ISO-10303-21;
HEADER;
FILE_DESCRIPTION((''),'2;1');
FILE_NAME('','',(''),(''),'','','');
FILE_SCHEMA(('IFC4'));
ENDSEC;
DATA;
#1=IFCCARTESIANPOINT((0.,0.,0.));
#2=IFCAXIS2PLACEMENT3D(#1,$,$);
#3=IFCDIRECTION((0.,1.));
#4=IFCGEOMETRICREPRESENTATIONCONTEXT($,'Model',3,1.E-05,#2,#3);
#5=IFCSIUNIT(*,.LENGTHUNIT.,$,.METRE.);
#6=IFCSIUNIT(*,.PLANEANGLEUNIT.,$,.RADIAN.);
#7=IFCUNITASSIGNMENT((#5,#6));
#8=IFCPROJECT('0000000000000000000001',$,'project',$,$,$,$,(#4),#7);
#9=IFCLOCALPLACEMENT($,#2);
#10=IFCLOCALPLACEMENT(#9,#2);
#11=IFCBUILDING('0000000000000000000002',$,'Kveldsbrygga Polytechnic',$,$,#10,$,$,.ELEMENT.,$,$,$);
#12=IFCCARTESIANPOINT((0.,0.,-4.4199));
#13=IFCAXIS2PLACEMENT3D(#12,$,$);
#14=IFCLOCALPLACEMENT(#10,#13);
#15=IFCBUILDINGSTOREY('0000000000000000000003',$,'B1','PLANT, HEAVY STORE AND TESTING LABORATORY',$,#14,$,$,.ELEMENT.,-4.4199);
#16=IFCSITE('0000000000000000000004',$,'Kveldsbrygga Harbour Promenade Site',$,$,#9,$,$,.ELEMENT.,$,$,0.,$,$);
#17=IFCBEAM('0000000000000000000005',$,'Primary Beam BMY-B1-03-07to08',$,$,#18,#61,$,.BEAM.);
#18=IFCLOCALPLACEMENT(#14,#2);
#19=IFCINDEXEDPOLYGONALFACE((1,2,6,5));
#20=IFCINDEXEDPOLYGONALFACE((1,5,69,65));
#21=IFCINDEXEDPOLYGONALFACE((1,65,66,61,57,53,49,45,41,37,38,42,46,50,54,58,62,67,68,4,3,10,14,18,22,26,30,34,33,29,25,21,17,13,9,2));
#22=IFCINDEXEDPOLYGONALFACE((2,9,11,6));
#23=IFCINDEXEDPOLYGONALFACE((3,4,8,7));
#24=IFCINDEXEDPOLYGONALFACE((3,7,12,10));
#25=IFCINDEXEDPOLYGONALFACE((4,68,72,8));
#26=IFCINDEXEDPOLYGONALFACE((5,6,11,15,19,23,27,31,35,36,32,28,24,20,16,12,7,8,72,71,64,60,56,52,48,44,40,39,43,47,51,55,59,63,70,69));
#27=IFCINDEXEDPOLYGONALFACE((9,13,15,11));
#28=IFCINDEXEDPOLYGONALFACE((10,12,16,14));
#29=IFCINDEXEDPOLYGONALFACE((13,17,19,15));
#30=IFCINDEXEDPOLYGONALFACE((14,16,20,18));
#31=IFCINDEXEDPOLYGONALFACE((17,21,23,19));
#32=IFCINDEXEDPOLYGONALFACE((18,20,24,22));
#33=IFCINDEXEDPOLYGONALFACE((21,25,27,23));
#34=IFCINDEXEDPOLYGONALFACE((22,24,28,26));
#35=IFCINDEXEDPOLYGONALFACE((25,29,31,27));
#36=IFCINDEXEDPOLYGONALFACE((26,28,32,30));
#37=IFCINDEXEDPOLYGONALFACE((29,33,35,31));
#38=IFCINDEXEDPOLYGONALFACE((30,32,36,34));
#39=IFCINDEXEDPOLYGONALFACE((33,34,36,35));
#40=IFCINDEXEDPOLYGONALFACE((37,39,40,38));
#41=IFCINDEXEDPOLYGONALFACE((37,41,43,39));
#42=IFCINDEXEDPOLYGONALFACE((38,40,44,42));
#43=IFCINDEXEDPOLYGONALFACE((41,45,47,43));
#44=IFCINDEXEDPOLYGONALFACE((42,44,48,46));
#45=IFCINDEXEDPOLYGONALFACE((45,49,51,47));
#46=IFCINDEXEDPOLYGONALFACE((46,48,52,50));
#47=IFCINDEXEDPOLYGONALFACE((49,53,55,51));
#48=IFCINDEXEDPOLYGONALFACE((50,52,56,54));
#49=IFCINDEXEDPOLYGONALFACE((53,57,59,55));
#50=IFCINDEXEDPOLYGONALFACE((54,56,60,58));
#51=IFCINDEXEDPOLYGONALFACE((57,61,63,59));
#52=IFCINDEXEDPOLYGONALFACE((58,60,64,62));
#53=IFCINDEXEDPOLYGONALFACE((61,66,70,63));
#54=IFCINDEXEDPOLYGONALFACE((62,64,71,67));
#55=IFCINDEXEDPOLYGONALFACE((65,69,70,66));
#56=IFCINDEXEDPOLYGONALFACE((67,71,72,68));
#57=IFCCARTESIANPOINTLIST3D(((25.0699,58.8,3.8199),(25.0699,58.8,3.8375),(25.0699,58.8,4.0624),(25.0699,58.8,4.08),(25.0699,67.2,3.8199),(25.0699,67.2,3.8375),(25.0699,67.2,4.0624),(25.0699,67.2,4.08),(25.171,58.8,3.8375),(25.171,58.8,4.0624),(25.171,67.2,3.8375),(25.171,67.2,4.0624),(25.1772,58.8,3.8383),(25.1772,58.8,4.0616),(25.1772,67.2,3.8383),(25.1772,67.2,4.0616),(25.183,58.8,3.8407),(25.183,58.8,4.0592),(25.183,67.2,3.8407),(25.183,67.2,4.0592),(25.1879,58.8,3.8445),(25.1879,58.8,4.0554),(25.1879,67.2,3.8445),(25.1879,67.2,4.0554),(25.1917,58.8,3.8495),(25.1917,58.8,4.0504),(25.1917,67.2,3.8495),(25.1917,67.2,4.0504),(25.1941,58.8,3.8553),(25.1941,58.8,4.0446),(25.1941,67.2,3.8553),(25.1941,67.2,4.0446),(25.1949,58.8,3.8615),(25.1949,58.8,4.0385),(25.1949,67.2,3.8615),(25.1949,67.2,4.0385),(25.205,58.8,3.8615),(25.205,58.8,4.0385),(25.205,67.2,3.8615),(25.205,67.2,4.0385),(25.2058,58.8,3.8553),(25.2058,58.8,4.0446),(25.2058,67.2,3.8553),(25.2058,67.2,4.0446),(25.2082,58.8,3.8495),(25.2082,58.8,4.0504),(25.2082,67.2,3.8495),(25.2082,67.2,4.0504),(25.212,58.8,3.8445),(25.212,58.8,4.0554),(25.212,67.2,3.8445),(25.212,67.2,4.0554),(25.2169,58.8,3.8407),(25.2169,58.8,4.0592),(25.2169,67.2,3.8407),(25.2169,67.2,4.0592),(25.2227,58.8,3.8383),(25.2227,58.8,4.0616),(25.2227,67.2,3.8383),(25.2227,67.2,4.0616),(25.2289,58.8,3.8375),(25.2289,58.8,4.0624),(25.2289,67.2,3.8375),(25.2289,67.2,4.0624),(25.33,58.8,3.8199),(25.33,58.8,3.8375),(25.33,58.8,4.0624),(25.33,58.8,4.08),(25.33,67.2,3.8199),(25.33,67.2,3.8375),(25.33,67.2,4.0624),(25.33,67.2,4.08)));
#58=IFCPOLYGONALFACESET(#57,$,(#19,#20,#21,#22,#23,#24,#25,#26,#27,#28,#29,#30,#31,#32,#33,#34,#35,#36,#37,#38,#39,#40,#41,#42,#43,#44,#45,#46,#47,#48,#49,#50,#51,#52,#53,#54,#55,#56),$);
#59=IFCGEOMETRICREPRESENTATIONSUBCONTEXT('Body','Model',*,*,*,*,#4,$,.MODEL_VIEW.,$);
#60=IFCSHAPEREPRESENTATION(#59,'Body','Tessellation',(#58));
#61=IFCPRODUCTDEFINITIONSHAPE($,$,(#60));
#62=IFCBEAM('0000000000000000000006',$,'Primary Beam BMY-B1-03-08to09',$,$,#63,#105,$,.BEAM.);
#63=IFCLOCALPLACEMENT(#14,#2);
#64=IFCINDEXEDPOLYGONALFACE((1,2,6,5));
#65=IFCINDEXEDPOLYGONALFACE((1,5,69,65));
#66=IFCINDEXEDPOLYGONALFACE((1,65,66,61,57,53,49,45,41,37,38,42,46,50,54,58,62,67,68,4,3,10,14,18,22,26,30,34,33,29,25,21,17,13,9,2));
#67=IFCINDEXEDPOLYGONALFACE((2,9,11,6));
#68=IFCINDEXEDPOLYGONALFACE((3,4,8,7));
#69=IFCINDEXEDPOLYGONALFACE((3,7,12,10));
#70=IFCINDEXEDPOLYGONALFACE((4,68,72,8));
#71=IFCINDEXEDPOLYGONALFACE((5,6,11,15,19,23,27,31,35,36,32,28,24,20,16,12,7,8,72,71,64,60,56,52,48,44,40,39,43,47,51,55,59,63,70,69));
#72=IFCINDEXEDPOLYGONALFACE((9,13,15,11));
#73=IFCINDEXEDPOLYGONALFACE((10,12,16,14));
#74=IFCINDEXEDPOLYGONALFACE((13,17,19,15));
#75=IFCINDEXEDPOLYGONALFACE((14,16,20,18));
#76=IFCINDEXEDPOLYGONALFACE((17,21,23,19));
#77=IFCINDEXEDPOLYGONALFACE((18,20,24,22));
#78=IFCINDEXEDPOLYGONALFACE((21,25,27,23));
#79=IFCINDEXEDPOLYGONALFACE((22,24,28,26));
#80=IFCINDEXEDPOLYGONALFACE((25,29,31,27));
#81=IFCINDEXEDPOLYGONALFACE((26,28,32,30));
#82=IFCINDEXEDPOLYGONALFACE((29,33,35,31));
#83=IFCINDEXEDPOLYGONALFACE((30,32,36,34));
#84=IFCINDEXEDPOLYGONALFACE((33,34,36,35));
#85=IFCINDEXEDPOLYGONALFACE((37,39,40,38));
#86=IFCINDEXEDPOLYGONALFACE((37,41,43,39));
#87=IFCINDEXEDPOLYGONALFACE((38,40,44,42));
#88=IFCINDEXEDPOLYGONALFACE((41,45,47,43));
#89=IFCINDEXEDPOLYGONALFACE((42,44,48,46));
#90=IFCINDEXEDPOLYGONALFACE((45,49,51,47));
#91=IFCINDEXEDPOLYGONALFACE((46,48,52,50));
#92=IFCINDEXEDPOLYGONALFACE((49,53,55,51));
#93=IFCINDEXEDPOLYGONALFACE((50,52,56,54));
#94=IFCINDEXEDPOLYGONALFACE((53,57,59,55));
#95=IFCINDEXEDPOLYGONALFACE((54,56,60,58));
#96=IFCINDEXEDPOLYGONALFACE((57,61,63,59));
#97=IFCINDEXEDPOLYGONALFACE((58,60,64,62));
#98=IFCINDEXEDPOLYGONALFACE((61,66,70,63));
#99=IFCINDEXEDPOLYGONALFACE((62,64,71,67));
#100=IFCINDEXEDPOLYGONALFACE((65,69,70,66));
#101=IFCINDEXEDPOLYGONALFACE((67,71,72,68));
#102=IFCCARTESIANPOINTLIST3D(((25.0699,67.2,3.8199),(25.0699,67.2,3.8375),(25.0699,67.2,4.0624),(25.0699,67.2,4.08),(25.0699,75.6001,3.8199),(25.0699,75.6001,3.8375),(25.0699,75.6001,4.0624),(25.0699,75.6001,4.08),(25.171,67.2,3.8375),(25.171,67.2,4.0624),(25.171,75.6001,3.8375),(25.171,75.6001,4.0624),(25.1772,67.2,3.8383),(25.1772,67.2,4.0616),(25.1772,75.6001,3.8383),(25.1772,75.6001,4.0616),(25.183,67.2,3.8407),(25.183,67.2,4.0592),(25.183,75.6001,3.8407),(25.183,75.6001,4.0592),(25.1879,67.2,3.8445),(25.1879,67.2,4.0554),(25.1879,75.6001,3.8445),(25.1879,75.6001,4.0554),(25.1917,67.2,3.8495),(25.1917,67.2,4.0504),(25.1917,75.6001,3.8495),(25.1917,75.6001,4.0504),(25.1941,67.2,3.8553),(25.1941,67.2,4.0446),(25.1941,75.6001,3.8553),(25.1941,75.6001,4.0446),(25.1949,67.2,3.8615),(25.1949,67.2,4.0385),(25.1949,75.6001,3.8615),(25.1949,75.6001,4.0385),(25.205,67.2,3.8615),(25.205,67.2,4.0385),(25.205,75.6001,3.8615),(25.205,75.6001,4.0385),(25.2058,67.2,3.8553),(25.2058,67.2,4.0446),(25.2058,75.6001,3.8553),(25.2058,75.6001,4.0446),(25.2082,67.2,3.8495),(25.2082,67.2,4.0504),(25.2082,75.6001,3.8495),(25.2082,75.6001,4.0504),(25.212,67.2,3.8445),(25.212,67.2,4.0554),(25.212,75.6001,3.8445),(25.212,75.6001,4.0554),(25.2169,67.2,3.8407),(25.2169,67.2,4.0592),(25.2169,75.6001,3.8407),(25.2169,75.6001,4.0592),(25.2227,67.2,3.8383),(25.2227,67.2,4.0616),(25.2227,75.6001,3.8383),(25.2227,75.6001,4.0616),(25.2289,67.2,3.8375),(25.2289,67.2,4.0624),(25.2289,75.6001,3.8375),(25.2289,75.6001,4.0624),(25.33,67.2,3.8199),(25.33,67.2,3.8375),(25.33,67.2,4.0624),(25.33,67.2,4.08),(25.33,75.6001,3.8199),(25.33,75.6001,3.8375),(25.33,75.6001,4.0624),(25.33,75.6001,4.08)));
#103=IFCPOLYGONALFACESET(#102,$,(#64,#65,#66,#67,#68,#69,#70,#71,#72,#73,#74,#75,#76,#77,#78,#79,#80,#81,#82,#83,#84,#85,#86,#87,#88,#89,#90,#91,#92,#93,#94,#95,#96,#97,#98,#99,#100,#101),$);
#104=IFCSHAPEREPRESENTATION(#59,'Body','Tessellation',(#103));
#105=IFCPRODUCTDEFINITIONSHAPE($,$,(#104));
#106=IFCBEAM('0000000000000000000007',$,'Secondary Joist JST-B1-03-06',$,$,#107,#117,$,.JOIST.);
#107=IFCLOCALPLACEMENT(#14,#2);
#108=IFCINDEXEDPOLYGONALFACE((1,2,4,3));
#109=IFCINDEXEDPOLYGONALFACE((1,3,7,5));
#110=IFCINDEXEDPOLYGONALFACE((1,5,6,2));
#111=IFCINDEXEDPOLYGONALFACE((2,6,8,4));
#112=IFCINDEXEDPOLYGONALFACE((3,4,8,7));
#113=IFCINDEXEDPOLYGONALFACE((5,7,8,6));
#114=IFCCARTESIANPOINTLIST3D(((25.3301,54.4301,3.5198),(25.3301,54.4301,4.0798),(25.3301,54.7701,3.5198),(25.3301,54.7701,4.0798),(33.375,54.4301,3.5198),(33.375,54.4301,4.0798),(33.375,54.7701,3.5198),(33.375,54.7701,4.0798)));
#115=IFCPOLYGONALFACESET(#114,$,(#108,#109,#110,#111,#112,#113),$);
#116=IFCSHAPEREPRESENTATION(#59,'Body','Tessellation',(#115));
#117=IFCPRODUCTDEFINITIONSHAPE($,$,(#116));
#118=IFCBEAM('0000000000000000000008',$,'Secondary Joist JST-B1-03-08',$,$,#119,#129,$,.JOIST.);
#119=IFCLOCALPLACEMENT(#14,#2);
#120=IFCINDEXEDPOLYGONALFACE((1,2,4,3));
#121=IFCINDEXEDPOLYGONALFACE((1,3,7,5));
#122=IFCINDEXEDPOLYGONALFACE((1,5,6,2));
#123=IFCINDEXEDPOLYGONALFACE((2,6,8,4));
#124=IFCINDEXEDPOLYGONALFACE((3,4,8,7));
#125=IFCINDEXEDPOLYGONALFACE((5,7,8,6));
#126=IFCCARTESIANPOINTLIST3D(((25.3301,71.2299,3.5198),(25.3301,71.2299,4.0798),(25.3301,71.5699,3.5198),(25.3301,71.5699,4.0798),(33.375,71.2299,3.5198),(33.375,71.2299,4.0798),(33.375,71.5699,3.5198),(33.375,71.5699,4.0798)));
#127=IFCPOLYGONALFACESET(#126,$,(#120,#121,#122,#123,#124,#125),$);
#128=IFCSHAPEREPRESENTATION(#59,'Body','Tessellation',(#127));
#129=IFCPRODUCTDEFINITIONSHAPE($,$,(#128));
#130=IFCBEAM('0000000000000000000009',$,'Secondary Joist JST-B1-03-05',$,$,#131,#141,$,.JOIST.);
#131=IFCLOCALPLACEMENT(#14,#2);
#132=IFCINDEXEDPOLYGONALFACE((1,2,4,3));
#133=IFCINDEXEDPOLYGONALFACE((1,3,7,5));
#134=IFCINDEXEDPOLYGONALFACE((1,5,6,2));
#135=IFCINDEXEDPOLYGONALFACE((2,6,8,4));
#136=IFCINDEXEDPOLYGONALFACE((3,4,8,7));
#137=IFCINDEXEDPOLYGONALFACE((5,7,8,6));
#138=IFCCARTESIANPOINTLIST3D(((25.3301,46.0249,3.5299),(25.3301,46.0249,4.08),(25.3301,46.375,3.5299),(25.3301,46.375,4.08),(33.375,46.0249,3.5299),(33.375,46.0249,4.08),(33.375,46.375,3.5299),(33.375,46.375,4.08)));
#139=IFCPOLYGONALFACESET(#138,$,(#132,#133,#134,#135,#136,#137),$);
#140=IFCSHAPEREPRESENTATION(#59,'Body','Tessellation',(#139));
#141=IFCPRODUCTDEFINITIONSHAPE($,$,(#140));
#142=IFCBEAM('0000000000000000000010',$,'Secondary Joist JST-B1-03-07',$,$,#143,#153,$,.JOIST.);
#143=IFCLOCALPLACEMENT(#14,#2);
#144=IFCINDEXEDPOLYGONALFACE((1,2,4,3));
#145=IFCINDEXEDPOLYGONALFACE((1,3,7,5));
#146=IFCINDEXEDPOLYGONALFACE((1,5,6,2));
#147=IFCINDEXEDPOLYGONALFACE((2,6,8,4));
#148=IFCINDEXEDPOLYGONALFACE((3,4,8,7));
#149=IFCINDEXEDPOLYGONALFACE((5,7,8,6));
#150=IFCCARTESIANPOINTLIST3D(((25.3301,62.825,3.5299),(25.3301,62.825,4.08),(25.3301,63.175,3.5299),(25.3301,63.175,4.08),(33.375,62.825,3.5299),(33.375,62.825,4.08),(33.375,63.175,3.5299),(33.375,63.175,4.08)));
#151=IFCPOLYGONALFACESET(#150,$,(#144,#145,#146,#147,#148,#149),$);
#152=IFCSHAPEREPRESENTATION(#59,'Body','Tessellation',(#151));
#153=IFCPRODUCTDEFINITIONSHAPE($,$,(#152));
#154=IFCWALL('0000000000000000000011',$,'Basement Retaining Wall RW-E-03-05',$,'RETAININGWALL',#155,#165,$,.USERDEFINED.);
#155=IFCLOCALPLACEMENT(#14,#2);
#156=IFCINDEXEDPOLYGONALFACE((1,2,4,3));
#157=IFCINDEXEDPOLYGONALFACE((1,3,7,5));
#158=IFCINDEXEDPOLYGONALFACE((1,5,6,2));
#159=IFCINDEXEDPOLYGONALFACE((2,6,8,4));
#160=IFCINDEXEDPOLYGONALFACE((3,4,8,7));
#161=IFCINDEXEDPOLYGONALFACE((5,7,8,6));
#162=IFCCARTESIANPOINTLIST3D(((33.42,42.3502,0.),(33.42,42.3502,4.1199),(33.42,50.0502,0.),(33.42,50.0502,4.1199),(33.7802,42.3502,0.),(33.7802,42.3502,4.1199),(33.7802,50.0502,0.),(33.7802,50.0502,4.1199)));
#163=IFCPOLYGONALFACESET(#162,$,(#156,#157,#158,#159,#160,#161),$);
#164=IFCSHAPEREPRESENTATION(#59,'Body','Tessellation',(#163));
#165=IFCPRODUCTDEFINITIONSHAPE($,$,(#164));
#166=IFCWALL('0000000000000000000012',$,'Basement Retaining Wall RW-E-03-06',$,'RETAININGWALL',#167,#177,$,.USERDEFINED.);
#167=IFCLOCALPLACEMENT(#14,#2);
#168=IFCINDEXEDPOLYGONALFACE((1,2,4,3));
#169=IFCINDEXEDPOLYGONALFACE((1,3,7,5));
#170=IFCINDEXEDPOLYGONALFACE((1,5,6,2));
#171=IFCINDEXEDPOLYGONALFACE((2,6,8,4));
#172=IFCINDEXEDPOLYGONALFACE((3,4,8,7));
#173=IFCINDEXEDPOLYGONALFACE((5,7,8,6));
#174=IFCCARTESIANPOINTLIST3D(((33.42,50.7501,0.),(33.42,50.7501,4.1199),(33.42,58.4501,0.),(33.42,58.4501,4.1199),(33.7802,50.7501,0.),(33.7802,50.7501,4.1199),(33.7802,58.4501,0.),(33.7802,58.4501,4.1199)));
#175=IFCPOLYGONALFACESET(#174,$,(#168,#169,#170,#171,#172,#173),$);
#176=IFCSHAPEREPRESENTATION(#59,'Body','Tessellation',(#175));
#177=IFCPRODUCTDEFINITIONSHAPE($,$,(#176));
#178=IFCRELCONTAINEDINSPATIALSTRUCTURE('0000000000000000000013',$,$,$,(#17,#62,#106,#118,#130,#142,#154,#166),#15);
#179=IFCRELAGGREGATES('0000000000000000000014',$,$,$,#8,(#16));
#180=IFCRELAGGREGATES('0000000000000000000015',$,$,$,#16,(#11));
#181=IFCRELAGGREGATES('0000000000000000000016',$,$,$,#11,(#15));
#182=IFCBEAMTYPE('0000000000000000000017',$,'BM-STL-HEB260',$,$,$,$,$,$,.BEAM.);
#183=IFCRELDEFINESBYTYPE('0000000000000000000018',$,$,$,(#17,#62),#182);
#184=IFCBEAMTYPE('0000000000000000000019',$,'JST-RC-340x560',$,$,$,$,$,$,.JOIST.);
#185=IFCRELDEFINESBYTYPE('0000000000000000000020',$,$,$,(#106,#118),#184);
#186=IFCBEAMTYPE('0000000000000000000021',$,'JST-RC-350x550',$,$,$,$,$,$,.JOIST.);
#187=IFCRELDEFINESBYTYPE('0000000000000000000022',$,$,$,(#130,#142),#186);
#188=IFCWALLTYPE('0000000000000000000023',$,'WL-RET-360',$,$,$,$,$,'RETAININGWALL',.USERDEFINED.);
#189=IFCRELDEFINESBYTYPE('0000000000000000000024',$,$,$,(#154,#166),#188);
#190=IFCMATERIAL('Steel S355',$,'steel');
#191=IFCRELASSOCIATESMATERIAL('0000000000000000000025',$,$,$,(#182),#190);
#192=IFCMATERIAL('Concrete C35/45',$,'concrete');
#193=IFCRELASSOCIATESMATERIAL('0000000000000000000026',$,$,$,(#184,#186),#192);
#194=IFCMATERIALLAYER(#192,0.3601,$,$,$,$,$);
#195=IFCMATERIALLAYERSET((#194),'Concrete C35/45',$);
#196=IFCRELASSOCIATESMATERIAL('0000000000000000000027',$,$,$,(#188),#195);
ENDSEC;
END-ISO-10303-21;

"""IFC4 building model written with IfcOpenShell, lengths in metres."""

from ifc_helpers import new_model, si_unit, direction, frame, frame_2d, origin, origin_2d, place, context, subcontext, project, spatial, rectangle, i_section, extrude, material, layer, layer_set, material_profile, profile_set, type_object, element, save


model = new_model("IFC4")

# Units and contexts
model_context = context("Model", 3, precision=1e-05, world=origin(), true_north=direction((0.0, 1.0)))
body_context = subcontext(model_context, "Body", "Model", "MODEL_VIEW")
ifc_project = project(units=[si_unit("LENGTHUNIT", "METRE"), si_unit("PLANEANGLEUNIT", "RADIAN")], contexts=[model_context])

# Site, building, storey
site_placement = place(None, origin())
site = spatial("IfcSite", under=ifc_project, at=site_placement, Name="Kveldsbrygga Harbour Promenade Site", CompositionType="ELEMENT", RefElevation=0.0)
building_placement = place(site_placement, origin())
building = spatial("IfcBuilding", under=site, at=building_placement, Name="Kveldsbrygga Polytechnic", CompositionType="ELEMENT")
storey_placement = place(building_placement, frame((0.0, 0.0, -4.4199)))
storey = spatial("IfcBuildingStorey", under=building, at=storey_placement, Name="B1", Description="PLANT, HEAVY STORE AND TESTING LABORATORY", CompositionType="ELEMENT", Elevation=-4.4199)

# Beams
ifc_material_1 = material(Name="Concrete C35/45", Category="concrete")
ifc_material_2 = material(Name="Steel S355", Category="steel")
ifc_material_profile_1 = material_profile(ifc_material_2, i_section(OverallWidth=0.26, OverallDepth=0.26, WebThickness=0.01, FlangeThickness=0.0176, FilletRadius=0.0239, at=origin_2d()), Name="HEB 260")
ifc_profile_set_1 = profile_set([ifc_material_profile_1], Name="Steel S355")
beam_type_1 = type_object("IfcBeamType", Name="BM-STL-HEB260", PredefinedType="BEAM", material=ifc_profile_set_1)
beam_1_placement = place(storey_placement, frame((25.2, 58.8, 3.95), z_axis=(0.0, 1.0, 0.0), x_axis=(-1.0, 0.0, 0.0)))
element("IfcBeam", 1, at=beam_1_placement, inside=storey, type_object=beam_type_1, Name="Primary Beam BMY-B1-03-07to08", PredefinedType="BEAM", context=body_context, shape_type="SweptSolid", body=[
    extrude(i_section(OverallWidth=0.26, OverallDepth=0.26, WebThickness=0.01, FlangeThickness=0.0176, FilletRadius=0.0239, at=origin_2d()), origin(), (0.0, 0.0, 1.0), 8.3999),
])
beam_2_placement = place(storey_placement, frame((25.2, 67.2, 3.95), z_axis=(0.0, 1.0, 0.0), x_axis=(-1.0, 0.0, 0.0)))
element("IfcBeam", 2, at=beam_2_placement, inside=storey, type_object=beam_type_1, Name="Primary Beam BMY-B1-03-08to09", PredefinedType="BEAM", context=body_context, shape_type="SweptSolid", body=[
    extrude(i_section(OverallWidth=0.26, OverallDepth=0.26, WebThickness=0.01, FlangeThickness=0.0176, FilletRadius=0.0239, at=origin_2d()), origin(), (0.0, 0.0, 1.0), 8.4001),
])
ifc_material_profile_2 = material_profile(ifc_material_1, rectangle(XDim=0.3401, YDim=0.5601, at=origin_2d()), Name="RC 340x560")
ifc_profile_set_2 = profile_set([ifc_material_profile_2], Name="Concrete C35/45")
beam_type_2 = type_object("IfcBeamType", Name="JST-RC-340x560", PredefinedType="JOIST", material=ifc_profile_set_2)
for number, where, z_axis, x_axis, name in (
    (3, (25.3301, 54.6001, 3.7998), (1.0, 0.0, 0.0), (0.0, 1.0, 0.0), "Secondary Joist JST-B1-03-06"),
    (4, (25.3301, 71.3999, 3.7998), (1.0, 0.0, 0.0), (0.0, 1.0, 0.0), "Secondary Joist JST-B1-03-08"),
):
    element("IfcBeam", number, at=place(storey_placement, frame(where, z_axis=z_axis, x_axis=x_axis)), inside=storey, type_object=beam_type_2, Name=name, PredefinedType="JOIST", context=body_context, shape_type="SweptSolid", body=[
        extrude(rectangle(XDim=0.3401, YDim=0.5601, at=origin_2d()), origin(), (0.0, 0.0, 1.0), 8.0449),
    ])
ifc_material_profile_3 = material_profile(ifc_material_1, rectangle(XDim=0.3501, YDim=0.55, at=origin_2d()), Name="RC 350x550")
ifc_profile_set_3 = profile_set([ifc_material_profile_3], Name="Concrete C35/45")
beam_type_3 = type_object("IfcBeamType", Name="JST-RC-350x550", PredefinedType="JOIST", material=ifc_profile_set_3)
for number, where, z_axis, x_axis, name in (
    (5, (25.3301, 46.2, 3.8049), (1.0, 0.0, 0.0), (0.0, 1.0, 0.0), "Secondary Joist JST-B1-03-05"),
    (6, (25.3301, 63.0, 3.8049), (1.0, 0.0, 0.0), (0.0, 1.0, 0.0), "Secondary Joist JST-B1-03-07"),
):
    element("IfcBeam", number, at=place(storey_placement, frame(where, z_axis=z_axis, x_axis=x_axis)), inside=storey, type_object=beam_type_3, Name=name, PredefinedType="JOIST", context=body_context, shape_type="SweptSolid", body=[
        extrude(rectangle(XDim=0.3501, YDim=0.55, at=origin_2d()), origin(), (0.0, 0.0, 1.0), 8.0449),
    ])

# Walls
ifc_layer = layer(ifc_material_1, 0.3601)
ifc_layer_set = layer_set([ifc_layer], Name="Concrete C35/45")
wall_type = type_object("IfcWallType", Name="WL-RET-360", ElementType="RETAININGWALL", PredefinedType="USERDEFINED", material=ifc_layer_set)
for number, where, z_axis, x_axis, name in (
    (7, (33.6001, 42.3501, 0.0), (0.0, 0.0, 1.0), (0.0, 1.0, 0.0), "Basement Retaining Wall RW-E-03-05"),
    (8, (33.6001, 50.75, 0.0), (0.0, 0.0, 1.0), (0.0, 1.0, 0.0), "Basement Retaining Wall RW-E-03-06"),
):
    element("IfcWall", number, at=place(storey_placement, frame(where, z_axis=z_axis, x_axis=x_axis)), inside=storey, type_object=wall_type, Name=name, ObjectType="RETAININGWALL", PredefinedType="USERDEFINED", context=body_context, shape_type="SweptSolid", body=[
        extrude(rectangle(XDim=7.7, YDim=0.3601, at=frame_2d((3.8501, 0.0))), origin(), (0.0, 0.0, 1.0), 4.1199),
    ])

save(model, "model.ifc")
